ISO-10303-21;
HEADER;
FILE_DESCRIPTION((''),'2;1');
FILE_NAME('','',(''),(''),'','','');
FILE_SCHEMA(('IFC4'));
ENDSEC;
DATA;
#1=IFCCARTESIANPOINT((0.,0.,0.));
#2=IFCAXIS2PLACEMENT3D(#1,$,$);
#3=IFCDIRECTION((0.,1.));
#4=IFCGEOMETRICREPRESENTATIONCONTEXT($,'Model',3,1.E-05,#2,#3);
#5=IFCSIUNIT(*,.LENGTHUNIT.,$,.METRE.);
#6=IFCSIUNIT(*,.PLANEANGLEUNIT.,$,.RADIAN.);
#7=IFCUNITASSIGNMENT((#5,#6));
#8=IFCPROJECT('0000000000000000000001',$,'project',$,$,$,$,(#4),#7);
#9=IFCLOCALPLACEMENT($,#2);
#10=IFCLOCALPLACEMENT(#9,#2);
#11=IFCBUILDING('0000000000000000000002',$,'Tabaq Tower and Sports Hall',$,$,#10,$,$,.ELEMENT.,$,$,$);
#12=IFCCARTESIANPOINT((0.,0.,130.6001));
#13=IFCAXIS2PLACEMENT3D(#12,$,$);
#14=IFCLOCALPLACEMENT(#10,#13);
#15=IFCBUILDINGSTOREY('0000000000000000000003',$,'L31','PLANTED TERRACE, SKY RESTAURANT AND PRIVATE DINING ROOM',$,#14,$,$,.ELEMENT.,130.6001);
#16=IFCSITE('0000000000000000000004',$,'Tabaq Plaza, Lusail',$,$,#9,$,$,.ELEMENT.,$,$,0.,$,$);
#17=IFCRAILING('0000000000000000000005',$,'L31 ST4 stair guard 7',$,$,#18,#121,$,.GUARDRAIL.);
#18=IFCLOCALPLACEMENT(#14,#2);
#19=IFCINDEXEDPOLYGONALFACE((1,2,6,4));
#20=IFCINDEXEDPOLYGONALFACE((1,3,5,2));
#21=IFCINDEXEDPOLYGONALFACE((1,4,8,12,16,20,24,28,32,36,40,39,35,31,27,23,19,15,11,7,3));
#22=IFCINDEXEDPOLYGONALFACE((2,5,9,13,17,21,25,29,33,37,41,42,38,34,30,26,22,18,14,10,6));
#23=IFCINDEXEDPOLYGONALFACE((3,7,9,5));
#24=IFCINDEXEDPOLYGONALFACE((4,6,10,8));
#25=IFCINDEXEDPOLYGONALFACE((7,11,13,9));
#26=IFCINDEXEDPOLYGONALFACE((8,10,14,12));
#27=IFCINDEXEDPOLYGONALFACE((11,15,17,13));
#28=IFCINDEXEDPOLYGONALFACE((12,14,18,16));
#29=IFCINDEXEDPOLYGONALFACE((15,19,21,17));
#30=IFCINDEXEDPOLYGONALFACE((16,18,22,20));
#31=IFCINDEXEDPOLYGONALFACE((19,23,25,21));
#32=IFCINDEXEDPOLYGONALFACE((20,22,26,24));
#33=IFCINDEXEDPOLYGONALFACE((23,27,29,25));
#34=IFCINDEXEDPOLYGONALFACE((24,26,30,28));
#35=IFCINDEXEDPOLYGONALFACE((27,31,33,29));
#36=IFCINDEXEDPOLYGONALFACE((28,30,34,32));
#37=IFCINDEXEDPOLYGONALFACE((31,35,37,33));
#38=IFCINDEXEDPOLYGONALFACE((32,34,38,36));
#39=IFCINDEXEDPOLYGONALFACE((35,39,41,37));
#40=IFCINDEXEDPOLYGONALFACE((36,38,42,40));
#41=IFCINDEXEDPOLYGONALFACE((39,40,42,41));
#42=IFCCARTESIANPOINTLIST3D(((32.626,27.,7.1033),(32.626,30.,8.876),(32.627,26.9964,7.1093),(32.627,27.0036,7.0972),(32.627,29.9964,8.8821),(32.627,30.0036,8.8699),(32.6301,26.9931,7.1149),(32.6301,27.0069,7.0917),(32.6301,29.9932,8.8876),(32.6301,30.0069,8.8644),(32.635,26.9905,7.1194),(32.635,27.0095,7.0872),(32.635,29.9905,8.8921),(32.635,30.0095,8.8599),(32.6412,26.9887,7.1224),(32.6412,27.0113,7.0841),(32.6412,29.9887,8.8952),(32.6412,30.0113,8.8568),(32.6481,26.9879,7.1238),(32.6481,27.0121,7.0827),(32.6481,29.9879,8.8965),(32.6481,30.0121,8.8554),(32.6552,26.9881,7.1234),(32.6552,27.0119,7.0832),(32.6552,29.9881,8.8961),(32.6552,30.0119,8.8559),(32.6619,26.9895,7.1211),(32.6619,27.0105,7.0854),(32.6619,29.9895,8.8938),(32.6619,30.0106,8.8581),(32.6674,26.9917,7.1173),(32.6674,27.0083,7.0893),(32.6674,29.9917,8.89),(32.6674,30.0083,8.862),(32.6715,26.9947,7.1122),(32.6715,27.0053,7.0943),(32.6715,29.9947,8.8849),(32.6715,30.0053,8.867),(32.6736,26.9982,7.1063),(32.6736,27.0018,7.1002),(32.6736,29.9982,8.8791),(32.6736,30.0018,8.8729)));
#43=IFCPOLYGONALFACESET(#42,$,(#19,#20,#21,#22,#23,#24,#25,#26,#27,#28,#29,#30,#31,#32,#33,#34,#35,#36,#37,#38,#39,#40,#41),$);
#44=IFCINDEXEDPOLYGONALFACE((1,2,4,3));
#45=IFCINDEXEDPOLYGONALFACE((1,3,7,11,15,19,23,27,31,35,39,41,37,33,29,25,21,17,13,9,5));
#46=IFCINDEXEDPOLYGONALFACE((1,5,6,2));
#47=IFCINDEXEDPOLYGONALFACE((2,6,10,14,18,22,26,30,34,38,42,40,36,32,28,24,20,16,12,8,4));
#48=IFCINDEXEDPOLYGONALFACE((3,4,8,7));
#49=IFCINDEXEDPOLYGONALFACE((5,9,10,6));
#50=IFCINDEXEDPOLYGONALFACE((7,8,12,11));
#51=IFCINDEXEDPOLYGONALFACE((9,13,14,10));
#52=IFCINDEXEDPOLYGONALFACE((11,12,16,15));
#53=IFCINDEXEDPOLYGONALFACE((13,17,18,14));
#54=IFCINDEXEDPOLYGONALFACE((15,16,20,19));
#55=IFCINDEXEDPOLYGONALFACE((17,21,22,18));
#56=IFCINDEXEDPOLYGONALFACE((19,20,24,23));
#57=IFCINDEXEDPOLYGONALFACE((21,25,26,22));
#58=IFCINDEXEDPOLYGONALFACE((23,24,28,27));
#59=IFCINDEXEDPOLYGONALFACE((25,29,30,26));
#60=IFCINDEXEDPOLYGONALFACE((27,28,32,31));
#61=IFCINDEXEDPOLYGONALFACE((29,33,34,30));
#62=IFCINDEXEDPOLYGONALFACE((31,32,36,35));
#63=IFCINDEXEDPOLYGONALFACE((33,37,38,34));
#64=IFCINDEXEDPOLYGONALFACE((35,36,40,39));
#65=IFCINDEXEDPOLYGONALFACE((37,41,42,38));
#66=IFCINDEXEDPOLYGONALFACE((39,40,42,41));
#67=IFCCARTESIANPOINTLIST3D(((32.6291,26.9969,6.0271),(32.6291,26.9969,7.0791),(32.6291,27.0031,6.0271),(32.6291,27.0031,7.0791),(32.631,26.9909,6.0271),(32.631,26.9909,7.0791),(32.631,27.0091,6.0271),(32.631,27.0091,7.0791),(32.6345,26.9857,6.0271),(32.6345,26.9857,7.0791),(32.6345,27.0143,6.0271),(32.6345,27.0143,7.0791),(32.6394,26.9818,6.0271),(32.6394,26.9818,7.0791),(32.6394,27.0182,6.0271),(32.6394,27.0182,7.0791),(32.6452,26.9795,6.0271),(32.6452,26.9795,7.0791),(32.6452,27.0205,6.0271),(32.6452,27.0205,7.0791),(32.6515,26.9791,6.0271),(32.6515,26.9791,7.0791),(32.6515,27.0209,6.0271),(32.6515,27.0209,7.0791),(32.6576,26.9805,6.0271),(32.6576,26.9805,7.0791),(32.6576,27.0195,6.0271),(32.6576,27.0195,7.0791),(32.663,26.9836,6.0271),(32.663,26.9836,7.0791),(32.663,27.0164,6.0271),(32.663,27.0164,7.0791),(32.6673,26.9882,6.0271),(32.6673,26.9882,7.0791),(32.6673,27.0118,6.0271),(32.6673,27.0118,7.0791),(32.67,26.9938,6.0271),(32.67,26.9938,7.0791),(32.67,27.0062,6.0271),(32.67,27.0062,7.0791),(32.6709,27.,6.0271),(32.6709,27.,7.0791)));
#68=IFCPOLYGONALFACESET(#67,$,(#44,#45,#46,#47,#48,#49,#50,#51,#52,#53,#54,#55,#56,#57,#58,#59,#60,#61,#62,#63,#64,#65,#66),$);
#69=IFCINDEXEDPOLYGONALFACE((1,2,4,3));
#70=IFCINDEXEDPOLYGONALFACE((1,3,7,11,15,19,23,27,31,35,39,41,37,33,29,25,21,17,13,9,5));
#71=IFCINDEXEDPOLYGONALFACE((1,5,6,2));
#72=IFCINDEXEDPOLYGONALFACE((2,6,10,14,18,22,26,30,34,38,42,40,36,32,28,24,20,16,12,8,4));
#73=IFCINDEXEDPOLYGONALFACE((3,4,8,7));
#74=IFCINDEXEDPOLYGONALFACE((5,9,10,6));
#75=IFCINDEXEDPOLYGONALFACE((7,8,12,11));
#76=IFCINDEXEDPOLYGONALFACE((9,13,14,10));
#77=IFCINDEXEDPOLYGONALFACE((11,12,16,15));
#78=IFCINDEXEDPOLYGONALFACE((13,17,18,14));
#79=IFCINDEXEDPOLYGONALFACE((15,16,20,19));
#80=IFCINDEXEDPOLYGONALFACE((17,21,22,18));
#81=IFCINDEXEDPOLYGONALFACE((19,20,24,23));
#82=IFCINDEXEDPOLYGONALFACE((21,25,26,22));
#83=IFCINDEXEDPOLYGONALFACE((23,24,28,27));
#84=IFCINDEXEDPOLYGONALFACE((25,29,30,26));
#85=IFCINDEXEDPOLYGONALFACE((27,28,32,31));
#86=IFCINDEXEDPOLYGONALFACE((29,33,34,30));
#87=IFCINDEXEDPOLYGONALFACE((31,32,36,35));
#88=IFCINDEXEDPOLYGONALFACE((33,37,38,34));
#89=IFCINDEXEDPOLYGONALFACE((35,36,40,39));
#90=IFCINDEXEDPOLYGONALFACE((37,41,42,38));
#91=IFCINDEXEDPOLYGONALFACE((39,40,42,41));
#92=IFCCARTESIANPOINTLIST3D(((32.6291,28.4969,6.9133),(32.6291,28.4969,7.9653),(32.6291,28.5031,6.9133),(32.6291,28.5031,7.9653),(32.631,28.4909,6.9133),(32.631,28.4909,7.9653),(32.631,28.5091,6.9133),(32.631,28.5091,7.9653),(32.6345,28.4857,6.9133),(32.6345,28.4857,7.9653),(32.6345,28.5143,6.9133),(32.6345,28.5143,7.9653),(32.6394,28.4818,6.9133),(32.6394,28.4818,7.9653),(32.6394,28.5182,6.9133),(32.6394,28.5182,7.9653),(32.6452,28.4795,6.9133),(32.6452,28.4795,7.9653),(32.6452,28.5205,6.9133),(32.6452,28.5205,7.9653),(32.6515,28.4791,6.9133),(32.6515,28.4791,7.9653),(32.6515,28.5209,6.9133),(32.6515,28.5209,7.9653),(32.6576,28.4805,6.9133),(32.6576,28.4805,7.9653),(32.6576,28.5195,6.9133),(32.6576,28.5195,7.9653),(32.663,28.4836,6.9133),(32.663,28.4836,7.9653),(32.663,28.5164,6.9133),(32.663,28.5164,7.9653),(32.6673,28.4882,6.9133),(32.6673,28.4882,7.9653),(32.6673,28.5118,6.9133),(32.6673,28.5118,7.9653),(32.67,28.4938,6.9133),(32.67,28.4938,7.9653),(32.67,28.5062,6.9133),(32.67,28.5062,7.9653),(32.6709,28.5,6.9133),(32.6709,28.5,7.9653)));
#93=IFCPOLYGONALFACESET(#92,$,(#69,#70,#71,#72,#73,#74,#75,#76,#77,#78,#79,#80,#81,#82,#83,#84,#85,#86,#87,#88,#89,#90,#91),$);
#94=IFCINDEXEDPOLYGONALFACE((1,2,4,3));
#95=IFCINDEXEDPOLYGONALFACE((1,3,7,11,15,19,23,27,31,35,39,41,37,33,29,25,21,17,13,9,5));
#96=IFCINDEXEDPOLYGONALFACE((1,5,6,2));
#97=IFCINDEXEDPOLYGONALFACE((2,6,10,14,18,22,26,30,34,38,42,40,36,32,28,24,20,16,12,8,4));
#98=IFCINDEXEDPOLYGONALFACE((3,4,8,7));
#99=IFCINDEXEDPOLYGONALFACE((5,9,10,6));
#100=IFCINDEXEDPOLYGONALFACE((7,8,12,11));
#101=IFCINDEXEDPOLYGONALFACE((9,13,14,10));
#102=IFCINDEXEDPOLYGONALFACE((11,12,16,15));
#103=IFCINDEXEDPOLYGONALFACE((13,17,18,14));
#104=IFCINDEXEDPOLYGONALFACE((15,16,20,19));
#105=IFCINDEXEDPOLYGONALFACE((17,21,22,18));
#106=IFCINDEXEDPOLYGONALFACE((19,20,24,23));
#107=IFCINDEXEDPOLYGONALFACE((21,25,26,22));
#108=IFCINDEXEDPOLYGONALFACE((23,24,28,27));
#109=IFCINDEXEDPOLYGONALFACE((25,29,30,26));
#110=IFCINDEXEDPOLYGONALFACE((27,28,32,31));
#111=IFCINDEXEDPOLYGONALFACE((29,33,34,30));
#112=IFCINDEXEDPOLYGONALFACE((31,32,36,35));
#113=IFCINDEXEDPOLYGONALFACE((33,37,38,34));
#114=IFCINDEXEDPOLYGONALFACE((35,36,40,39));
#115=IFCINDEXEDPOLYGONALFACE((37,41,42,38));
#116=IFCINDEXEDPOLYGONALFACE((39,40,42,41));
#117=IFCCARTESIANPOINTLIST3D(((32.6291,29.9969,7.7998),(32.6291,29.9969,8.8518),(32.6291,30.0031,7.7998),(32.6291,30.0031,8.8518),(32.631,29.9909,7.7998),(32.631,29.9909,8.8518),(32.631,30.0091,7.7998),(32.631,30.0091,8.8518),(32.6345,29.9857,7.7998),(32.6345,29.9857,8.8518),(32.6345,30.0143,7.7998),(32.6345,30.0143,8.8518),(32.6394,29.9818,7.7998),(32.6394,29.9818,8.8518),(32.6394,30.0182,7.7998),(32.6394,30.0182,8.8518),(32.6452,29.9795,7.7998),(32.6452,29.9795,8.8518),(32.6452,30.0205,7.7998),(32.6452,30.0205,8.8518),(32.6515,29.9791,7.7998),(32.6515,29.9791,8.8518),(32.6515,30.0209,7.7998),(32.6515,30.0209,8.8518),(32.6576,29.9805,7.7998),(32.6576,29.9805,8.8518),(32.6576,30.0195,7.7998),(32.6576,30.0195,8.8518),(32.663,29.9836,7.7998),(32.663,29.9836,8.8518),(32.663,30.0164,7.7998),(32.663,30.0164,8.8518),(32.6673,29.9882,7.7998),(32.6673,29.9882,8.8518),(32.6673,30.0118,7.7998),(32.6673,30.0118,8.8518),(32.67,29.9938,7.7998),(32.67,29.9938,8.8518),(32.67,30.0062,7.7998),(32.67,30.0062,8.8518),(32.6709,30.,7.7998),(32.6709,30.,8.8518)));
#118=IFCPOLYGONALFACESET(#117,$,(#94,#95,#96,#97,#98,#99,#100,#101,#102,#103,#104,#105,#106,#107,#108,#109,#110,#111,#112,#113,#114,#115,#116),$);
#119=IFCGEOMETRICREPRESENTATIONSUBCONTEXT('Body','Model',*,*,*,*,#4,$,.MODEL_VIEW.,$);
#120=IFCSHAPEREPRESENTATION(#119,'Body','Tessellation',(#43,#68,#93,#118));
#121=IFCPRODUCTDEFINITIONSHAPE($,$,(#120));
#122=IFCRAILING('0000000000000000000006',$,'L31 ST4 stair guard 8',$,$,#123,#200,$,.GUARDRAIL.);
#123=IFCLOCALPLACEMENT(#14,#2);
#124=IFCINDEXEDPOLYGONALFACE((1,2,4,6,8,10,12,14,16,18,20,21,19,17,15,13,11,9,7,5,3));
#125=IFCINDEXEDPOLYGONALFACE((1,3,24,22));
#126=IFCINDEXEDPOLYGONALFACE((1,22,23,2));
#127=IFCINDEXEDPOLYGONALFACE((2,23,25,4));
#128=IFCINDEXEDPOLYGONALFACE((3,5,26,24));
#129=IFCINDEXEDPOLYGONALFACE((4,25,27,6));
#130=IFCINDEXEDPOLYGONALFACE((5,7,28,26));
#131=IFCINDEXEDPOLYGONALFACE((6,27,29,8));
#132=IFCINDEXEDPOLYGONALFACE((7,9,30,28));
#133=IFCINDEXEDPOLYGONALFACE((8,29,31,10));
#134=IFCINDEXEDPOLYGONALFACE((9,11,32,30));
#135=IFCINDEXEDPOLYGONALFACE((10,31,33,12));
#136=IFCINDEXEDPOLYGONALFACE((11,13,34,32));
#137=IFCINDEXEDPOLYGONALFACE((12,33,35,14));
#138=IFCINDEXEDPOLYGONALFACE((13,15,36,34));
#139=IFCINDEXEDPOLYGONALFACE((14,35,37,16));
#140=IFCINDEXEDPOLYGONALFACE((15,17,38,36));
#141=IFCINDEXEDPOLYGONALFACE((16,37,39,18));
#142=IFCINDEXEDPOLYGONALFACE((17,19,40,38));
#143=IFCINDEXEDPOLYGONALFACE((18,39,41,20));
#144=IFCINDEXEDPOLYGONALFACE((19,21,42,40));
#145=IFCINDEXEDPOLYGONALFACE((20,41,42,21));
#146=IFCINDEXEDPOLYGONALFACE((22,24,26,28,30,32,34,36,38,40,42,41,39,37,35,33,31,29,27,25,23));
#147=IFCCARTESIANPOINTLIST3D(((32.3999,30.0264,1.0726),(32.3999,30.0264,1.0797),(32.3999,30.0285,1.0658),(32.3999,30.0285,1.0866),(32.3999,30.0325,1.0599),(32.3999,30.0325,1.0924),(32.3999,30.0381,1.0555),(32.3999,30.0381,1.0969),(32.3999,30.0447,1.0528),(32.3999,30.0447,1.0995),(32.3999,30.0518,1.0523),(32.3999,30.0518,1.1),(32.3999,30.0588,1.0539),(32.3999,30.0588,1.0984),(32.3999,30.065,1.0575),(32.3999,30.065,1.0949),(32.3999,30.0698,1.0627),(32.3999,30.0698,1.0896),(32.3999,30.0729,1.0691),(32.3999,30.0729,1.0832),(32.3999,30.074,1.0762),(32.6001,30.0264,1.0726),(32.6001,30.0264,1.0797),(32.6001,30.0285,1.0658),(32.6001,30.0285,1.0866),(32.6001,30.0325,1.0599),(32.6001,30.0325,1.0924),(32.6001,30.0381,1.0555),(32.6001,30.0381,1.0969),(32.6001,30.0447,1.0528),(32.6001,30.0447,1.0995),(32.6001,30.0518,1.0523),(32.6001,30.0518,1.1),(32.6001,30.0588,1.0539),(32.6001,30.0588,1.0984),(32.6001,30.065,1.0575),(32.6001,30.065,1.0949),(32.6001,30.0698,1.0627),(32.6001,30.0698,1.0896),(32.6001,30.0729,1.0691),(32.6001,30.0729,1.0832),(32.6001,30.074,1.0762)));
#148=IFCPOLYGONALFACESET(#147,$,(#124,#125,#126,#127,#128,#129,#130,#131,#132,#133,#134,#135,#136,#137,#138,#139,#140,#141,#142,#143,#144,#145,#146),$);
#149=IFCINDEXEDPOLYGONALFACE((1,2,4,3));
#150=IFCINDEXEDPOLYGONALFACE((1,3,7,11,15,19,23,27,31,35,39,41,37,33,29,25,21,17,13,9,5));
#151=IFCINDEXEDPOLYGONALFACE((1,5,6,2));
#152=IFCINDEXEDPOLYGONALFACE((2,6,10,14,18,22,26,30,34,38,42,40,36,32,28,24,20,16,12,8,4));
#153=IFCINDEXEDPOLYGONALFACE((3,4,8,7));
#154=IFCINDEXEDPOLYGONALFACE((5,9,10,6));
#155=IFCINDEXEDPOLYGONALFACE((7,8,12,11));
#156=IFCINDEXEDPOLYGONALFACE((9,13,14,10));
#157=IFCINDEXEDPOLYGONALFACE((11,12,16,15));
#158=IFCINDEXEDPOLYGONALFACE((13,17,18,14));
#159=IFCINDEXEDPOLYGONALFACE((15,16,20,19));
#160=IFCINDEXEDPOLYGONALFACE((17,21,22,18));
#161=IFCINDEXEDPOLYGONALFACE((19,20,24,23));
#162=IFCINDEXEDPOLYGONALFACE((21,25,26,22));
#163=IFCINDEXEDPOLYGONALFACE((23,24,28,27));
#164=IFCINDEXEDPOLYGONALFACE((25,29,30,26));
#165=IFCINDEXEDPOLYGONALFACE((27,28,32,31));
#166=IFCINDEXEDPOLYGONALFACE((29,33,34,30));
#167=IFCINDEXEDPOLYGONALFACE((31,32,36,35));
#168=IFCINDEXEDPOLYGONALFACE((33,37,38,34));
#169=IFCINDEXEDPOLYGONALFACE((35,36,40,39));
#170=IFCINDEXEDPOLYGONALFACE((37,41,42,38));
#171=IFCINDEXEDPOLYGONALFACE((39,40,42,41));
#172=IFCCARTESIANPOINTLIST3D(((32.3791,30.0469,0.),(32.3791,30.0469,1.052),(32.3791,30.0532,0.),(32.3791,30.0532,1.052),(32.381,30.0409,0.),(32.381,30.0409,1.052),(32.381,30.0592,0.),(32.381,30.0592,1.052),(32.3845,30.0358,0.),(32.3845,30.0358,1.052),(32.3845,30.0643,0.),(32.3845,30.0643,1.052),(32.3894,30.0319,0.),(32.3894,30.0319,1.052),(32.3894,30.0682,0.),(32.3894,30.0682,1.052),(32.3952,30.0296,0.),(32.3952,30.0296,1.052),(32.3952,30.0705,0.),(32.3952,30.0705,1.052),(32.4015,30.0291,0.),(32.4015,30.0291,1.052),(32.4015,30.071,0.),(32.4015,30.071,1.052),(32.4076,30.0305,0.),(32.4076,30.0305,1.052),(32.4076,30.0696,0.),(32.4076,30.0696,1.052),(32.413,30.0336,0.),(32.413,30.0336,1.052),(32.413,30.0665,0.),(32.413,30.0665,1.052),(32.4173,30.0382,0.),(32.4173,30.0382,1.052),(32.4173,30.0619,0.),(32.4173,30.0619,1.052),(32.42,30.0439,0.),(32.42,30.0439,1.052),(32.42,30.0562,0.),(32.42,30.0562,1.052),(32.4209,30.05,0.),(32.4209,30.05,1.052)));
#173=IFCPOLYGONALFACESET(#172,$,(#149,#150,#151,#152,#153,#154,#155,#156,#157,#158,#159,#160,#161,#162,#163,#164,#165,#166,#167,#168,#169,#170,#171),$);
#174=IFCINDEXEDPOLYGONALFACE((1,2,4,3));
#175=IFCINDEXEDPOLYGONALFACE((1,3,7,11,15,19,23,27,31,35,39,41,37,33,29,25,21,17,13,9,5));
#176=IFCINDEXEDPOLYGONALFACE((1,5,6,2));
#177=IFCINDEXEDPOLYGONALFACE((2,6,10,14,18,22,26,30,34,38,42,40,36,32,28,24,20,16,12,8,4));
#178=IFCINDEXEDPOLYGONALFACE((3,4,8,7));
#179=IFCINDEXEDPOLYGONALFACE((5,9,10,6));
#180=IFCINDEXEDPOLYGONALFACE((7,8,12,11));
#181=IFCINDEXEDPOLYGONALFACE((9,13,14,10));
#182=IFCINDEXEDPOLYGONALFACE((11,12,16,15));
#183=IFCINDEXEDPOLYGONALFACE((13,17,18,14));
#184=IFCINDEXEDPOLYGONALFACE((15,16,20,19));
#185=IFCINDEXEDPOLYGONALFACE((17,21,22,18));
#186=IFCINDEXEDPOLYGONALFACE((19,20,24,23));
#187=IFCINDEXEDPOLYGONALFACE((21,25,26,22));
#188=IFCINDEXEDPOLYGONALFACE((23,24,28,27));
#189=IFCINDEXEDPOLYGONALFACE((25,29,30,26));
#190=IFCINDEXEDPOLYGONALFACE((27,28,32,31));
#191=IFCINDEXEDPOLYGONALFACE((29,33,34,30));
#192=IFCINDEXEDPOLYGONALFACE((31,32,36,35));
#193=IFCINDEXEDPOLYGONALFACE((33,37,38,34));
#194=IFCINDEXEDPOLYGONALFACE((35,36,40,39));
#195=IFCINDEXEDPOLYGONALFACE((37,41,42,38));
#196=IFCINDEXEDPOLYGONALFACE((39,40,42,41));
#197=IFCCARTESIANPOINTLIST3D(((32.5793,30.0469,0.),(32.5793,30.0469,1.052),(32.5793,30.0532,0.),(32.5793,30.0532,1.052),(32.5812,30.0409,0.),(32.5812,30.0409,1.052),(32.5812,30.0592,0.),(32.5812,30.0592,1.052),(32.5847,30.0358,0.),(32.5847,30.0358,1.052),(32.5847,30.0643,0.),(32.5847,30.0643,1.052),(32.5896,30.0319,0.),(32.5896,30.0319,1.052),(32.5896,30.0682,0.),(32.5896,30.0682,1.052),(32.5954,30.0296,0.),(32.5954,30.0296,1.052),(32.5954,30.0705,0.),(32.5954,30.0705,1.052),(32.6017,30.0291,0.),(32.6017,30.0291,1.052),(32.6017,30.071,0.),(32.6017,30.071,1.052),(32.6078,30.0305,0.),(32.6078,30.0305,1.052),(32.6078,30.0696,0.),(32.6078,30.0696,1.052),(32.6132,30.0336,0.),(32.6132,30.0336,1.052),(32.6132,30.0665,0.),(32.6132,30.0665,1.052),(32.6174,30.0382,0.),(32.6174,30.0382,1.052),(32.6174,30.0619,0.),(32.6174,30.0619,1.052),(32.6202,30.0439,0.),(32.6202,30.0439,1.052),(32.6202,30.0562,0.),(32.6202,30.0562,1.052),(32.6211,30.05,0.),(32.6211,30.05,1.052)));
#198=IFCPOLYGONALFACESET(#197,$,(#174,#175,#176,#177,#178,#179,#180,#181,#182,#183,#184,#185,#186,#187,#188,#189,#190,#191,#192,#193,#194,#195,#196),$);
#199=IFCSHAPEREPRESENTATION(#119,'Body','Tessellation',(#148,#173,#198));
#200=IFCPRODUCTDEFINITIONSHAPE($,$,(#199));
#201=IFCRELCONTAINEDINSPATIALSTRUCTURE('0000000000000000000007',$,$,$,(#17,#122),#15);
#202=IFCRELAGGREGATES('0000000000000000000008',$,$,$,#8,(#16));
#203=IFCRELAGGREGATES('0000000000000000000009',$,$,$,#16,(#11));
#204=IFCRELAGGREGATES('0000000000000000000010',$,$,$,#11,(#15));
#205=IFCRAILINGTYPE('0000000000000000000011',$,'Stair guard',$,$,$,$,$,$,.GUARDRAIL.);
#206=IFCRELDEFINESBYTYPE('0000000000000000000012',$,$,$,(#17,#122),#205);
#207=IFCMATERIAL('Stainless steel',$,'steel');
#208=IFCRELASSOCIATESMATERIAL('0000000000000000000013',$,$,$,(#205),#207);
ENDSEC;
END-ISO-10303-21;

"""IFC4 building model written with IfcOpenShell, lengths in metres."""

from ifc_helpers import new_model, si_unit, direction, frame, origin, origin_2d, place, context, subcontext, project, spatial, circle, extrude, material, type_object, element, save


model = new_model("IFC4")

# Units and contexts
model_context = context("Model", 3, precision=1e-05, world=origin(), true_north=direction((0.0, 1.0)))
body_context = subcontext(model_context, "Body", "Model", "MODEL_VIEW")
ifc_project = project(units=[si_unit("LENGTHUNIT", "METRE"), si_unit("PLANEANGLEUNIT", "RADIAN")], contexts=[model_context])

# Site, building, storey
site_placement = place(None, origin())
site = spatial("IfcSite", under=ifc_project, at=site_placement, Name="Tabaq Plaza, Lusail", CompositionType="ELEMENT", RefElevation=0.0)
building_placement = place(site_placement, origin())
building = spatial("IfcBuilding", under=site, at=building_placement, Name="Tabaq Tower and Sports Hall", CompositionType="ELEMENT")
storey_placement = place(building_placement, frame((0.0, 0.0, 130.6001)))
storey = spatial("IfcBuildingStorey", under=building, at=storey_placement, Name="L31", Description="PLANTED TERRACE, SKY RESTAURANT AND PRIVATE DINING ROOM", CompositionType="ELEMENT", Elevation=130.6001)

# Railings
ifc_material_1 = material(Name="Stainless steel", Category="steel")
railing_type_1 = type_object("IfcRailingType", Name="Stair guard", PredefinedType="GUARDRAIL", material=ifc_material_1)
railing_1_placement = place(storey_placement, frame((32.6499, 27.0, 6.0271)))
element("IfcRailing", 1, at=railing_1_placement, inside=storey, type_object=railing_type_1, Name="L31 ST4 stair guard 7", PredefinedType="GUARDRAIL", context=body_context, shape_type="SweptSolid", body=[
    extrude(circle(Radius=0.0239, at=origin_2d()), frame((0.0, 0.0, 1.0762), z_axis=(0.0, 0.860929, 0.508725), x_axis=(-1.0, 0.0, 0.0)), (0.0, 0.0, 1.0), 3.4846),
    extrude(circle(Radius=0.021, at=origin_2d()), origin(), (0.0, 0.0, 1.0), 1.052),
    extrude(circle(Radius=0.021, at=origin_2d()), frame((0.0, 1.5, 0.8862)), (0.0, 0.0, 1.0), 1.052),
    extrude(circle(Radius=0.021, at=origin_2d()), frame((0.0, 3.0, 1.7727)), (0.0, 0.0, 1.0), 1.052),
])
railing_2_placement = place(storey_placement, frame((32.3999, 30.05, 0.0)))
element("IfcRailing", 2, at=railing_2_placement, inside=storey, type_object=railing_type_1, Name="L31 ST4 stair guard 8", PredefinedType="GUARDRAIL", context=body_context, shape_type="SweptSolid", body=[
    extrude(circle(Radius=0.0239, at=origin_2d()), frame((0.0, 0.0, 1.0762), z_axis=(1.0, 0.0, 0.0), x_axis=(0.0, 1.0, 0.0)), (0.0, 0.0, 1.0), 0.2002),
    extrude(circle(Radius=0.021, at=origin_2d()), origin(), (0.0, 0.0, 1.0), 1.052),
    extrude(circle(Radius=0.021, at=origin_2d()), frame((0.2002, 0.0, 0.0)), (0.0, 0.0, 1.0), 1.052),
])

save(model, "model.ifc")
